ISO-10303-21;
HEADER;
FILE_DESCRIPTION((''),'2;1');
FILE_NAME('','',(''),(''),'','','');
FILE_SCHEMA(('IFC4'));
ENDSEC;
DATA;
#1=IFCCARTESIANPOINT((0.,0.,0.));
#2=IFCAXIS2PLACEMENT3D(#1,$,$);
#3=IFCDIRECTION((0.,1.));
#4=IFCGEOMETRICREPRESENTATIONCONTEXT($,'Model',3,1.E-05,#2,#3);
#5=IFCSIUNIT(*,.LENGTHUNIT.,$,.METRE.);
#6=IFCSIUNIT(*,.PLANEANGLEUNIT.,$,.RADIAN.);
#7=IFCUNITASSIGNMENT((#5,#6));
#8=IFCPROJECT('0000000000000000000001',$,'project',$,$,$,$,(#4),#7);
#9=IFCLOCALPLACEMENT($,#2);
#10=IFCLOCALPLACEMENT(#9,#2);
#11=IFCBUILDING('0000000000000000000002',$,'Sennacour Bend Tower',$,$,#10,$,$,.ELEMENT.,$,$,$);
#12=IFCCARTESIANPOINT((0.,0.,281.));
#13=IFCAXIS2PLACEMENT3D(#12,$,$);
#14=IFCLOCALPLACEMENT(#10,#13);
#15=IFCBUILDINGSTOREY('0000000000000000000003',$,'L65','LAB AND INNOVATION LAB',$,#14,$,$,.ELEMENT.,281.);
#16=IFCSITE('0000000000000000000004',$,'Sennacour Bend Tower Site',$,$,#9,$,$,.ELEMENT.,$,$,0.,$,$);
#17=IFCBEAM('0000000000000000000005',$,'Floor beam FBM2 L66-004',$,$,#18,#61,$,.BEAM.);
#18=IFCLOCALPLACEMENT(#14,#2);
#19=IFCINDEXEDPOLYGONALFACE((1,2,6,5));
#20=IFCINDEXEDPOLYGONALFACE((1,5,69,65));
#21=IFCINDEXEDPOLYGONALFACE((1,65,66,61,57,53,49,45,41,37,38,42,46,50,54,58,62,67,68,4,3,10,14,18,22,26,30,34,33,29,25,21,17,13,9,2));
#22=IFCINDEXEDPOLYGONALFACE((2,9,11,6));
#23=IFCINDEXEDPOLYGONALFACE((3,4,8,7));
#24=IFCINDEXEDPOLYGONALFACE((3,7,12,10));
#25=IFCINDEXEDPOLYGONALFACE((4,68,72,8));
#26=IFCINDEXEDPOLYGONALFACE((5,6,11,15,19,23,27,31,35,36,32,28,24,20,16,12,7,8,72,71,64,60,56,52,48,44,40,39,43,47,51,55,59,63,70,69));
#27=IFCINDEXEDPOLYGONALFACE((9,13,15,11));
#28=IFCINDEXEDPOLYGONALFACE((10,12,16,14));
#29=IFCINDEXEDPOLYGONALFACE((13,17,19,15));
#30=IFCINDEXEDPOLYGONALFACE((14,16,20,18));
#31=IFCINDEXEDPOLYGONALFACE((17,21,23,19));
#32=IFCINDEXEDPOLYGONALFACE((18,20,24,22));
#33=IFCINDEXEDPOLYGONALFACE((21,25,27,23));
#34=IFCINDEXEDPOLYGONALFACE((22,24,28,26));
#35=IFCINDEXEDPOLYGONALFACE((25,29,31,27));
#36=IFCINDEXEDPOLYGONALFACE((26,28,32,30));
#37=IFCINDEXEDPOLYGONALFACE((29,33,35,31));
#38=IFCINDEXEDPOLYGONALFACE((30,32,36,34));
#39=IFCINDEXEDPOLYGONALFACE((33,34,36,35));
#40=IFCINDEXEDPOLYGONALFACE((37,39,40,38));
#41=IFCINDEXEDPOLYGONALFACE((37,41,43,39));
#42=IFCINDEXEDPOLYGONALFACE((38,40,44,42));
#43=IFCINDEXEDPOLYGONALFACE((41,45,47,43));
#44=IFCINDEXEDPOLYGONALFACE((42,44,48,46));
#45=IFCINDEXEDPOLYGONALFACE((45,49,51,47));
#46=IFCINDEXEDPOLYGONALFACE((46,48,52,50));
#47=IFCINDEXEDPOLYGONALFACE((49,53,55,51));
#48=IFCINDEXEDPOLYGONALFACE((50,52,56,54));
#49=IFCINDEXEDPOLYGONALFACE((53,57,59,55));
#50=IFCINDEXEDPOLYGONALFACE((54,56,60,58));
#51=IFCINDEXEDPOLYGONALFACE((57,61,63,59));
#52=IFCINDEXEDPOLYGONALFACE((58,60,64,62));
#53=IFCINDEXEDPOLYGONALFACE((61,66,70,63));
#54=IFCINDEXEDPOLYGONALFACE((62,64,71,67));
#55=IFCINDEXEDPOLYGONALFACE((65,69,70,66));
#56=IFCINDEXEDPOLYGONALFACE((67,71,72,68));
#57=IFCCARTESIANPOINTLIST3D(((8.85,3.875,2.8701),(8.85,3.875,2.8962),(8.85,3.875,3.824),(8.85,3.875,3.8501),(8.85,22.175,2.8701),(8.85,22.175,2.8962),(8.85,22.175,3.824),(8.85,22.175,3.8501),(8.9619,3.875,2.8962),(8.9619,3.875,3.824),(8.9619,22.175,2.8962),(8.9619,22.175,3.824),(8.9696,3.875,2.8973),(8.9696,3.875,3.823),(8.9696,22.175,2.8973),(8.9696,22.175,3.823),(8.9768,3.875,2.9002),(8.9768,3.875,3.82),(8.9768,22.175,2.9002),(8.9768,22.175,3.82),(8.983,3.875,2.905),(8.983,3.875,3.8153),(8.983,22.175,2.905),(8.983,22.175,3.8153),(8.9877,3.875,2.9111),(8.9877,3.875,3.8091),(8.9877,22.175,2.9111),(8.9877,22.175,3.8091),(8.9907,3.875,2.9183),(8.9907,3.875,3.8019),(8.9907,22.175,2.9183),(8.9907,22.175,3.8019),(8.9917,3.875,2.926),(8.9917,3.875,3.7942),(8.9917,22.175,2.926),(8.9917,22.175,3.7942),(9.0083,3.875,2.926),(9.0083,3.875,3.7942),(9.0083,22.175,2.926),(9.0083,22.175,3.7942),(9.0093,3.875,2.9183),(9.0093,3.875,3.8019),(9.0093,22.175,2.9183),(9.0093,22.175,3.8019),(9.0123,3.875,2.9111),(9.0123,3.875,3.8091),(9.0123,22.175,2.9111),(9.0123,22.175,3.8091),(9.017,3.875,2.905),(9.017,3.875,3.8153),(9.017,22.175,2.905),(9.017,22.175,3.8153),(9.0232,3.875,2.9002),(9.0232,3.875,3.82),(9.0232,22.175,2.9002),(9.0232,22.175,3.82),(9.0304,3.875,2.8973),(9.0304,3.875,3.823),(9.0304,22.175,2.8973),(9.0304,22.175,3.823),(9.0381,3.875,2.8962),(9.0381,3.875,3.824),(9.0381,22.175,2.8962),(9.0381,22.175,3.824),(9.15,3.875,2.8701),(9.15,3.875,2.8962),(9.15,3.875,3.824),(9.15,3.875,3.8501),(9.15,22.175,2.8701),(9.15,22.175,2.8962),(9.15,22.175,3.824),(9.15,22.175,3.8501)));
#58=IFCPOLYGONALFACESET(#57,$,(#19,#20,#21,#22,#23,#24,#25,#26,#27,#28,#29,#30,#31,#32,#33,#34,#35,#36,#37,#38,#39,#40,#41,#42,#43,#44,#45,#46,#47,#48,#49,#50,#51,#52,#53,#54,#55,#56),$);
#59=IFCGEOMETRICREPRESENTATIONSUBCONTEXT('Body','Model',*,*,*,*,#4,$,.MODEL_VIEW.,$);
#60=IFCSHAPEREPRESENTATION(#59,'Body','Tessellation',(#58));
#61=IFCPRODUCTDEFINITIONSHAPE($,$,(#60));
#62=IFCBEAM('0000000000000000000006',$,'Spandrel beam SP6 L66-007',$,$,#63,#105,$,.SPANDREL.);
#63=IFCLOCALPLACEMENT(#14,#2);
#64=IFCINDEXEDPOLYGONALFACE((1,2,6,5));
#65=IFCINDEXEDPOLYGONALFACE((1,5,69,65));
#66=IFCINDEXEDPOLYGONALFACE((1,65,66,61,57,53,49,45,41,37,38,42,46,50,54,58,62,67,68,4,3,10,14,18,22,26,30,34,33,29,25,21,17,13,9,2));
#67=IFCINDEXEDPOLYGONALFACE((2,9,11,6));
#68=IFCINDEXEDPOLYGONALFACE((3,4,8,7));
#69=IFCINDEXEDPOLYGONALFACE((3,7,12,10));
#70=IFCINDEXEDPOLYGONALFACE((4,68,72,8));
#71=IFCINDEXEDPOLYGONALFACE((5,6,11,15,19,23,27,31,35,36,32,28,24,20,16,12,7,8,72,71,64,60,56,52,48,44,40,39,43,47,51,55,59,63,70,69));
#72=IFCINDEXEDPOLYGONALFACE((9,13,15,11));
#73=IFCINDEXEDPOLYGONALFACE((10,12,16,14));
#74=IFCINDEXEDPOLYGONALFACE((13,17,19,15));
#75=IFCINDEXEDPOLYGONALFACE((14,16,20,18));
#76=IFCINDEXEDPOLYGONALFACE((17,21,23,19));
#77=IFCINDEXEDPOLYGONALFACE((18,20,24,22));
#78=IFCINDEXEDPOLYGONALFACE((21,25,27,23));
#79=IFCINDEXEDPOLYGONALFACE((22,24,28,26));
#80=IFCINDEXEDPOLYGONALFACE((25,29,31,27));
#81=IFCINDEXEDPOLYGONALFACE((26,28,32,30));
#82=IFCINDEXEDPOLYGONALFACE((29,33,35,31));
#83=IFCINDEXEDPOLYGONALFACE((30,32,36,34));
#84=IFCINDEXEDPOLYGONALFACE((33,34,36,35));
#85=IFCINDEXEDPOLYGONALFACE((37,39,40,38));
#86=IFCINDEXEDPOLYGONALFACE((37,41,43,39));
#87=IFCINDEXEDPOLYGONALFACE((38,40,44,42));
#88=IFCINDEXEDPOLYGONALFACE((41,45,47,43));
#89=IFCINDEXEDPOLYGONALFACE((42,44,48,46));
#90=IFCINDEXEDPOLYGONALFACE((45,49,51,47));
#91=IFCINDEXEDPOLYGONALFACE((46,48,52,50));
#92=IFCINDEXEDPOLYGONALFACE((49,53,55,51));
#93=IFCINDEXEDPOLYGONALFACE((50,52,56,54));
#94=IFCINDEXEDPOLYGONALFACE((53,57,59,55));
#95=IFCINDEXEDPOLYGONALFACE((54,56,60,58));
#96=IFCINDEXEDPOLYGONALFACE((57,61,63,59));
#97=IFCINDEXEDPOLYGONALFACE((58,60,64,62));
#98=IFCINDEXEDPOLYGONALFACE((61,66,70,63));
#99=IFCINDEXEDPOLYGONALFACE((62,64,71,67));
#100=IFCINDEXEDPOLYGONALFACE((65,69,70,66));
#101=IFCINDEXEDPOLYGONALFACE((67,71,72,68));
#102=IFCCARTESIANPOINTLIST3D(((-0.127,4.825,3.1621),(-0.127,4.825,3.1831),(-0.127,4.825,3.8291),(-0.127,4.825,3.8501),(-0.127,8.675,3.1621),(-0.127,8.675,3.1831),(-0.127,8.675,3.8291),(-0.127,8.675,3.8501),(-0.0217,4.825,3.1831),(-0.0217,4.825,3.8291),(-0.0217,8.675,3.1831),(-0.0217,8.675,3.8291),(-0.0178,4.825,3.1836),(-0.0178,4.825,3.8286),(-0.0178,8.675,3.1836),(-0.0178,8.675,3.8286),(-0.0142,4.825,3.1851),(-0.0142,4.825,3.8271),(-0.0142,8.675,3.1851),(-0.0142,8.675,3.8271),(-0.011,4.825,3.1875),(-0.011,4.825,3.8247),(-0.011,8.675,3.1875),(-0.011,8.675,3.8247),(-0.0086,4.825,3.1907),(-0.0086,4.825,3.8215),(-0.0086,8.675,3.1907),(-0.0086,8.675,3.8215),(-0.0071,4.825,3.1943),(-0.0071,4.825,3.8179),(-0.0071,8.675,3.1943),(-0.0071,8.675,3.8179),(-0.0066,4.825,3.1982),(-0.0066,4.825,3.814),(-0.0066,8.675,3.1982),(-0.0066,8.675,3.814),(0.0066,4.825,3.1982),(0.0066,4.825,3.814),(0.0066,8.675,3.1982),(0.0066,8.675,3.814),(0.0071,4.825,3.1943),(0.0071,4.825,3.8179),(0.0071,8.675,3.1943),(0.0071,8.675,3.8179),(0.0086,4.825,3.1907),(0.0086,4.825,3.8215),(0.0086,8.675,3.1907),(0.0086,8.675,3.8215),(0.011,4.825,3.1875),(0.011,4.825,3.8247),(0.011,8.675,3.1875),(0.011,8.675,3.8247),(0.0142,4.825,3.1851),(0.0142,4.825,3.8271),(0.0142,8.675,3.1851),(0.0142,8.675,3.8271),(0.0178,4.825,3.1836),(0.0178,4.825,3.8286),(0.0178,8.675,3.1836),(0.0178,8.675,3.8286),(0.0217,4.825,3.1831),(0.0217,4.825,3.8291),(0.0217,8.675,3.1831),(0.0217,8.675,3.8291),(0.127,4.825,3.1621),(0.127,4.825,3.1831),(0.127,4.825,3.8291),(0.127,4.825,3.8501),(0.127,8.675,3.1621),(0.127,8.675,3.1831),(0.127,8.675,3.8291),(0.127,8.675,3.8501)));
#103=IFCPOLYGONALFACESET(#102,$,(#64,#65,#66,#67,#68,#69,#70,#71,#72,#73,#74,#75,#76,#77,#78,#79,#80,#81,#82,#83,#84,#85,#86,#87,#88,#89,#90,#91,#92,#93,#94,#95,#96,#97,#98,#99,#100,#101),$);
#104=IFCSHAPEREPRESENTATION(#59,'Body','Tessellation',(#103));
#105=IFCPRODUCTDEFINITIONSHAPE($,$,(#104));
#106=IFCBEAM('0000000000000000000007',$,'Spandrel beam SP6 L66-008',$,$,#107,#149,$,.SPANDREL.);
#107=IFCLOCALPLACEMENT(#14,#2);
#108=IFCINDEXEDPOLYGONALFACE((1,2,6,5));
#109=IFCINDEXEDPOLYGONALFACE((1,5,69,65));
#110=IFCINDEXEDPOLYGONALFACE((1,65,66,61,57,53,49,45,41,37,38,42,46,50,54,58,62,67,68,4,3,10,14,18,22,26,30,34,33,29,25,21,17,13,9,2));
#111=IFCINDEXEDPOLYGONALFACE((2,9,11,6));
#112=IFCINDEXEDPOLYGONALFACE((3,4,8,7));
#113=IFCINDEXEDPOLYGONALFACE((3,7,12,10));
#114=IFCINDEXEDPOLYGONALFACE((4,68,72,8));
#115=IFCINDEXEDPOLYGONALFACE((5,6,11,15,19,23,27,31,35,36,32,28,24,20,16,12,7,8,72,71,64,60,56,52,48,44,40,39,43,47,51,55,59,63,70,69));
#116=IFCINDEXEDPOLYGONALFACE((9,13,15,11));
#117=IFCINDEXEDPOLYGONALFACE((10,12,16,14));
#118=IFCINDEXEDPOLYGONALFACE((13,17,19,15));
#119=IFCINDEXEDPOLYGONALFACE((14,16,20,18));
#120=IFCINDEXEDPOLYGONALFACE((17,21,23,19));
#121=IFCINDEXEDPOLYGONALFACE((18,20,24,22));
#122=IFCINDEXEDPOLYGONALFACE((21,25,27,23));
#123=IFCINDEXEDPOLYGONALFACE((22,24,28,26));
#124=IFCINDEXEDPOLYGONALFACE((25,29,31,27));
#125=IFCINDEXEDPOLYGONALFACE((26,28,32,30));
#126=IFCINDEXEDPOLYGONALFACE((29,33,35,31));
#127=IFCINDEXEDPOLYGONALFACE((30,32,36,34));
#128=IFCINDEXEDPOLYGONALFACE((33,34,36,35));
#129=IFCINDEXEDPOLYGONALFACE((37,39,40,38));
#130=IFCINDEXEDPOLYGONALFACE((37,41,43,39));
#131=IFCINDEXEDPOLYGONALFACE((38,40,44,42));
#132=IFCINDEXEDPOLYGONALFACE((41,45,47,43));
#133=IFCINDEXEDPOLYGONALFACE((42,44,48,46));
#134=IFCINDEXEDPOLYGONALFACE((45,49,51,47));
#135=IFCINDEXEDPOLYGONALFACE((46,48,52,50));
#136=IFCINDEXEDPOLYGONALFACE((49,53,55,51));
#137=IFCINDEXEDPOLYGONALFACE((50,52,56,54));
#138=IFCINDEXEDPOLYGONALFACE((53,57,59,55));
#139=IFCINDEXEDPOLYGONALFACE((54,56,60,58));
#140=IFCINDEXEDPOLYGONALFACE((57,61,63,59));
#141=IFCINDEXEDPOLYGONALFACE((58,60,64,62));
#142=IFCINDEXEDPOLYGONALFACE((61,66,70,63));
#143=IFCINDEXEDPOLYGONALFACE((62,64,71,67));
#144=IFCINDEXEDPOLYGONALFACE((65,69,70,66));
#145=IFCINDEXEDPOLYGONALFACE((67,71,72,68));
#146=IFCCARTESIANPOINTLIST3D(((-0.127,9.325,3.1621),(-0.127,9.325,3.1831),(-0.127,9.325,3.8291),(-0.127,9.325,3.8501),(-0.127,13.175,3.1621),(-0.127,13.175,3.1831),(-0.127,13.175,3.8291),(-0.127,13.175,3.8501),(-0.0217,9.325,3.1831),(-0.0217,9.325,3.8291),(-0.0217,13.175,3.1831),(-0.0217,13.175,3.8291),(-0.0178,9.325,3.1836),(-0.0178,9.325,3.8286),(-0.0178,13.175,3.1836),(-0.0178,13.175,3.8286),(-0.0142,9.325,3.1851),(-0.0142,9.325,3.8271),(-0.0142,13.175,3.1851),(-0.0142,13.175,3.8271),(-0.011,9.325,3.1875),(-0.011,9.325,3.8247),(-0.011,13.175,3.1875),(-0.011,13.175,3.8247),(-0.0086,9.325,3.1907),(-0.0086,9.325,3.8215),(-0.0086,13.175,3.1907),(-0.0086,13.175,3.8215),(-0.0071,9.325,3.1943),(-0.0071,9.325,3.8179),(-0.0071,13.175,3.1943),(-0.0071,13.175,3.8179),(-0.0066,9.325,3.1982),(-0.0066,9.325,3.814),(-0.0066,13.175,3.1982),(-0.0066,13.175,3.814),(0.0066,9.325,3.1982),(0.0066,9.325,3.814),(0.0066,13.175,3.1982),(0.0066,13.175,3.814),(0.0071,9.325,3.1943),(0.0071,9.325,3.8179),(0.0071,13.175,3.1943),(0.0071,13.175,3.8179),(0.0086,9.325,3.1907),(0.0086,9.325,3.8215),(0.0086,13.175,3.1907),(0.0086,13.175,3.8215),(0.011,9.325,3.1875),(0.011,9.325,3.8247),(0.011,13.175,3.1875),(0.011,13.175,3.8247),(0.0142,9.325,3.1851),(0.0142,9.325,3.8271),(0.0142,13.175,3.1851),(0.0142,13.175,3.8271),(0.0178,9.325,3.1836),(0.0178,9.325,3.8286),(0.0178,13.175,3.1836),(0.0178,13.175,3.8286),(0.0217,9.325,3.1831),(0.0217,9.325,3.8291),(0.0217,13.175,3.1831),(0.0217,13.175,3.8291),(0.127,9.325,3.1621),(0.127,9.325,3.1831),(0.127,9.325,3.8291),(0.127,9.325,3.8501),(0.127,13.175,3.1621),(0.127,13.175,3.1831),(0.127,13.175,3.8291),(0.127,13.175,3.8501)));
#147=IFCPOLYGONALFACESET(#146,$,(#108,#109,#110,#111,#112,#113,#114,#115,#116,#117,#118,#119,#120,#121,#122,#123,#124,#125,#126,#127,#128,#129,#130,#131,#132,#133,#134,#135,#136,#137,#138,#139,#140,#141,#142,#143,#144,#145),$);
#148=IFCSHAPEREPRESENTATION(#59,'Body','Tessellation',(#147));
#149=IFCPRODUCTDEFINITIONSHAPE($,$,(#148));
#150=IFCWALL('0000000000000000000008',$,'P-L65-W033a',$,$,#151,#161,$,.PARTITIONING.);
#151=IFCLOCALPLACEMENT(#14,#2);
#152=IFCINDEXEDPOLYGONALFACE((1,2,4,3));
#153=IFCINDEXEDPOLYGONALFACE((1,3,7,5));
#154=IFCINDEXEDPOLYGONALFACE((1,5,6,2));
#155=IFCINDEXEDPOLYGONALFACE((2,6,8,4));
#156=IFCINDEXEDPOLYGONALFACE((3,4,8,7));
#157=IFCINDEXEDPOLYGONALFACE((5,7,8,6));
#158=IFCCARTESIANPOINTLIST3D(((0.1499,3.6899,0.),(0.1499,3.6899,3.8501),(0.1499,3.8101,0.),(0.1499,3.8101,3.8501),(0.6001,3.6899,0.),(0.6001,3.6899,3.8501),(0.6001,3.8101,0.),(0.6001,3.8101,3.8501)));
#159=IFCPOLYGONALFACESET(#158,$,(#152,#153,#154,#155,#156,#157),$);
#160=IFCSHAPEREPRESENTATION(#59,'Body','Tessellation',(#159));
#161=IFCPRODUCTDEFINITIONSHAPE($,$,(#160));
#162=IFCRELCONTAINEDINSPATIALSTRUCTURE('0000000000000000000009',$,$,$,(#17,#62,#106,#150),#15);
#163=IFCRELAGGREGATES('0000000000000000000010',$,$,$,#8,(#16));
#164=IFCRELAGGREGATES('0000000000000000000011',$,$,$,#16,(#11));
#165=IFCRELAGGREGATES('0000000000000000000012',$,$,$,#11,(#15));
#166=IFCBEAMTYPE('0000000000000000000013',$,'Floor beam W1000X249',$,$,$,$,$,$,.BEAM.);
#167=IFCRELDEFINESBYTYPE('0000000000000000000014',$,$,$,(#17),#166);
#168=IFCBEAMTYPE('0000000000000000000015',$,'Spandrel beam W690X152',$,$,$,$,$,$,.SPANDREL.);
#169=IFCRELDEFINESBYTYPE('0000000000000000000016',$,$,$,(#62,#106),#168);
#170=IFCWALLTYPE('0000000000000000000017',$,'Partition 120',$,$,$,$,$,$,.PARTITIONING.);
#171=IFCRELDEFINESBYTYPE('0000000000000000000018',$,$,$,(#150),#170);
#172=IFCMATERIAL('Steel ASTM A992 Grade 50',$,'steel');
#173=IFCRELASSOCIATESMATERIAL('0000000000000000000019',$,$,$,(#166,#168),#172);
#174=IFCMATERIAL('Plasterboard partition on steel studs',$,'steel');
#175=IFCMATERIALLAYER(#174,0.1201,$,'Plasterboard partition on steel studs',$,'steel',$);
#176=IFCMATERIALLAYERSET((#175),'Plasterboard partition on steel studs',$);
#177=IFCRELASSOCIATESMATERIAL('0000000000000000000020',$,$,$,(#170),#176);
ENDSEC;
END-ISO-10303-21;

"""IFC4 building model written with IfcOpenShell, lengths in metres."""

from ifc_helpers import new_model, si_unit, direction, frame, frame_2d, origin, origin_2d, place, context, subcontext, project, spatial, rectangle, i_section, extrude, material, layer, layer_set, material_profile, profile_set, type_object, element, save


model = new_model("IFC4")

# Units and contexts
model_context = context("Model", 3, precision=1e-05, world=origin(), true_north=direction((0.0, 1.0)))
body_context = subcontext(model_context, "Body", "Model", "MODEL_VIEW")
ifc_project = project(units=[si_unit("LENGTHUNIT", "METRE"), si_unit("PLANEANGLEUNIT", "RADIAN")], contexts=[model_context])

# Site, building, storey
site_placement = place(None, origin())
site = spatial("IfcSite", under=ifc_project, at=site_placement, Name="Sennacour Bend Tower Site", CompositionType="ELEMENT", RefElevation=0.0)
building_placement = place(site_placement, origin())
building = spatial("IfcBuilding", under=site, at=building_placement, Name="Sennacour Bend Tower", CompositionType="ELEMENT")
storey_placement = place(building_placement, frame((0.0, 0.0, 281.0)))
storey = spatial("IfcBuildingStorey", under=building, at=storey_placement, Name="L65", Description="LAB AND INNOVATION LAB", CompositionType="ELEMENT", Elevation=281.0)

# Beams
ifc_material_1 = material(Name="Steel ASTM A992 Grade 50", Category="steel")
ifc_material_profile_1 = material_profile(ifc_material_1, i_section(OverallWidth=0.3, OverallDepth=0.98, WebThickness=0.0166, FlangeThickness=0.0261, FilletRadius=0.0298, at=origin_2d()), Name="Steel ASTM A992 Grade 50", Category="steel")
ifc_profile_set_1 = profile_set([ifc_material_profile_1], Name="Steel ASTM A992 Grade 50")
beam_type_1 = type_object("IfcBeamType", Name="Floor beam W1000X249", PredefinedType="BEAM", material=ifc_profile_set_1)
beam_1_placement = place(storey_placement, frame((9.0, 3.875, 3.3601), z_axis=(0.0, 1.0, 0.0), x_axis=(-1.0, 0.0, 0.0)))
element("IfcBeam", 1, at=beam_1_placement, inside=storey, type_object=beam_type_1, Name="Floor beam FBM2 L66-004", PredefinedType="BEAM", context=body_context, shape_type="SweptSolid", body=[
    extrude(i_section(OverallWidth=0.3, OverallDepth=0.98, WebThickness=0.0166, FlangeThickness=0.0261, FilletRadius=0.0298, at=origin_2d()), origin(), (0.0, 0.0, 1.0), 18.3),
])
ifc_material_profile_2 = material_profile(ifc_material_1, i_section(OverallWidth=0.2539, OverallDepth=0.688, WebThickness=0.0132, FlangeThickness=0.021, FilletRadius=0.0151, at=origin_2d()), Name="Steel ASTM A992 Grade 50", Category="steel")
ifc_profile_set_2 = profile_set([ifc_material_profile_2], Name="Steel ASTM A992 Grade 50")
beam_type_2 = type_object("IfcBeamType", Name="Spandrel beam W690X152", PredefinedType="SPANDREL", material=ifc_profile_set_2)
for number, where, z_axis, x_axis, name in (
    (2, (0.0, 4.825, 3.5061), (0.0, 1.0, 0.0), (-1.0, 0.0, 0.0), "Spandrel beam SP6 L66-007"),
    (3, (0.0, 9.325, 3.5061), (0.0, 1.0, 0.0), (-1.0, 0.0, 0.0), "Spandrel beam SP6 L66-008"),
):
    element("IfcBeam", number, at=place(storey_placement, frame(where, z_axis=z_axis, x_axis=x_axis)), inside=storey, type_object=beam_type_2, Name=name, PredefinedType="SPANDREL", context=body_context, shape_type="SweptSolid", body=[
        extrude(i_section(OverallWidth=0.2539, OverallDepth=0.688, WebThickness=0.0132, FlangeThickness=0.021, FilletRadius=0.0151, at=origin_2d()), origin(), (0.0, 0.0, 1.0), 3.8501),
    ])

# Wall
ifc_material_2 = material(Name="Plasterboard partition on steel studs", Category="steel")
ifc_layer_1 = layer(ifc_material_2, 0.1201, Name="Plasterboard partition on steel studs", Category="steel")
ifc_layer_set_1 = layer_set([ifc_layer_1], Name="Plasterboard partition on steel studs")
wall_type_1 = type_object("IfcWallType", Name="Partition 120", PredefinedType="PARTITIONING", material=ifc_layer_set_1)
wall_1_placement = place(storey_placement, frame((0.1499, 3.75, 0.0), z_axis=(0.0, 0.0, 1.0), x_axis=(1.0, 0.0, 0.0)))
element("IfcWall", 4, at=wall_1_placement, inside=storey, type_object=wall_type_1, Name="P-L65-W033a", PredefinedType="PARTITIONING", context=body_context, shape_type="SweptSolid", body=[
    extrude(rectangle(XDim=0.4502, YDim=0.1201, at=frame_2d((0.2251, 0.0))), origin(), (0.0, 0.0, 1.0), 3.8501),
])

save(model, "model.ifc")
